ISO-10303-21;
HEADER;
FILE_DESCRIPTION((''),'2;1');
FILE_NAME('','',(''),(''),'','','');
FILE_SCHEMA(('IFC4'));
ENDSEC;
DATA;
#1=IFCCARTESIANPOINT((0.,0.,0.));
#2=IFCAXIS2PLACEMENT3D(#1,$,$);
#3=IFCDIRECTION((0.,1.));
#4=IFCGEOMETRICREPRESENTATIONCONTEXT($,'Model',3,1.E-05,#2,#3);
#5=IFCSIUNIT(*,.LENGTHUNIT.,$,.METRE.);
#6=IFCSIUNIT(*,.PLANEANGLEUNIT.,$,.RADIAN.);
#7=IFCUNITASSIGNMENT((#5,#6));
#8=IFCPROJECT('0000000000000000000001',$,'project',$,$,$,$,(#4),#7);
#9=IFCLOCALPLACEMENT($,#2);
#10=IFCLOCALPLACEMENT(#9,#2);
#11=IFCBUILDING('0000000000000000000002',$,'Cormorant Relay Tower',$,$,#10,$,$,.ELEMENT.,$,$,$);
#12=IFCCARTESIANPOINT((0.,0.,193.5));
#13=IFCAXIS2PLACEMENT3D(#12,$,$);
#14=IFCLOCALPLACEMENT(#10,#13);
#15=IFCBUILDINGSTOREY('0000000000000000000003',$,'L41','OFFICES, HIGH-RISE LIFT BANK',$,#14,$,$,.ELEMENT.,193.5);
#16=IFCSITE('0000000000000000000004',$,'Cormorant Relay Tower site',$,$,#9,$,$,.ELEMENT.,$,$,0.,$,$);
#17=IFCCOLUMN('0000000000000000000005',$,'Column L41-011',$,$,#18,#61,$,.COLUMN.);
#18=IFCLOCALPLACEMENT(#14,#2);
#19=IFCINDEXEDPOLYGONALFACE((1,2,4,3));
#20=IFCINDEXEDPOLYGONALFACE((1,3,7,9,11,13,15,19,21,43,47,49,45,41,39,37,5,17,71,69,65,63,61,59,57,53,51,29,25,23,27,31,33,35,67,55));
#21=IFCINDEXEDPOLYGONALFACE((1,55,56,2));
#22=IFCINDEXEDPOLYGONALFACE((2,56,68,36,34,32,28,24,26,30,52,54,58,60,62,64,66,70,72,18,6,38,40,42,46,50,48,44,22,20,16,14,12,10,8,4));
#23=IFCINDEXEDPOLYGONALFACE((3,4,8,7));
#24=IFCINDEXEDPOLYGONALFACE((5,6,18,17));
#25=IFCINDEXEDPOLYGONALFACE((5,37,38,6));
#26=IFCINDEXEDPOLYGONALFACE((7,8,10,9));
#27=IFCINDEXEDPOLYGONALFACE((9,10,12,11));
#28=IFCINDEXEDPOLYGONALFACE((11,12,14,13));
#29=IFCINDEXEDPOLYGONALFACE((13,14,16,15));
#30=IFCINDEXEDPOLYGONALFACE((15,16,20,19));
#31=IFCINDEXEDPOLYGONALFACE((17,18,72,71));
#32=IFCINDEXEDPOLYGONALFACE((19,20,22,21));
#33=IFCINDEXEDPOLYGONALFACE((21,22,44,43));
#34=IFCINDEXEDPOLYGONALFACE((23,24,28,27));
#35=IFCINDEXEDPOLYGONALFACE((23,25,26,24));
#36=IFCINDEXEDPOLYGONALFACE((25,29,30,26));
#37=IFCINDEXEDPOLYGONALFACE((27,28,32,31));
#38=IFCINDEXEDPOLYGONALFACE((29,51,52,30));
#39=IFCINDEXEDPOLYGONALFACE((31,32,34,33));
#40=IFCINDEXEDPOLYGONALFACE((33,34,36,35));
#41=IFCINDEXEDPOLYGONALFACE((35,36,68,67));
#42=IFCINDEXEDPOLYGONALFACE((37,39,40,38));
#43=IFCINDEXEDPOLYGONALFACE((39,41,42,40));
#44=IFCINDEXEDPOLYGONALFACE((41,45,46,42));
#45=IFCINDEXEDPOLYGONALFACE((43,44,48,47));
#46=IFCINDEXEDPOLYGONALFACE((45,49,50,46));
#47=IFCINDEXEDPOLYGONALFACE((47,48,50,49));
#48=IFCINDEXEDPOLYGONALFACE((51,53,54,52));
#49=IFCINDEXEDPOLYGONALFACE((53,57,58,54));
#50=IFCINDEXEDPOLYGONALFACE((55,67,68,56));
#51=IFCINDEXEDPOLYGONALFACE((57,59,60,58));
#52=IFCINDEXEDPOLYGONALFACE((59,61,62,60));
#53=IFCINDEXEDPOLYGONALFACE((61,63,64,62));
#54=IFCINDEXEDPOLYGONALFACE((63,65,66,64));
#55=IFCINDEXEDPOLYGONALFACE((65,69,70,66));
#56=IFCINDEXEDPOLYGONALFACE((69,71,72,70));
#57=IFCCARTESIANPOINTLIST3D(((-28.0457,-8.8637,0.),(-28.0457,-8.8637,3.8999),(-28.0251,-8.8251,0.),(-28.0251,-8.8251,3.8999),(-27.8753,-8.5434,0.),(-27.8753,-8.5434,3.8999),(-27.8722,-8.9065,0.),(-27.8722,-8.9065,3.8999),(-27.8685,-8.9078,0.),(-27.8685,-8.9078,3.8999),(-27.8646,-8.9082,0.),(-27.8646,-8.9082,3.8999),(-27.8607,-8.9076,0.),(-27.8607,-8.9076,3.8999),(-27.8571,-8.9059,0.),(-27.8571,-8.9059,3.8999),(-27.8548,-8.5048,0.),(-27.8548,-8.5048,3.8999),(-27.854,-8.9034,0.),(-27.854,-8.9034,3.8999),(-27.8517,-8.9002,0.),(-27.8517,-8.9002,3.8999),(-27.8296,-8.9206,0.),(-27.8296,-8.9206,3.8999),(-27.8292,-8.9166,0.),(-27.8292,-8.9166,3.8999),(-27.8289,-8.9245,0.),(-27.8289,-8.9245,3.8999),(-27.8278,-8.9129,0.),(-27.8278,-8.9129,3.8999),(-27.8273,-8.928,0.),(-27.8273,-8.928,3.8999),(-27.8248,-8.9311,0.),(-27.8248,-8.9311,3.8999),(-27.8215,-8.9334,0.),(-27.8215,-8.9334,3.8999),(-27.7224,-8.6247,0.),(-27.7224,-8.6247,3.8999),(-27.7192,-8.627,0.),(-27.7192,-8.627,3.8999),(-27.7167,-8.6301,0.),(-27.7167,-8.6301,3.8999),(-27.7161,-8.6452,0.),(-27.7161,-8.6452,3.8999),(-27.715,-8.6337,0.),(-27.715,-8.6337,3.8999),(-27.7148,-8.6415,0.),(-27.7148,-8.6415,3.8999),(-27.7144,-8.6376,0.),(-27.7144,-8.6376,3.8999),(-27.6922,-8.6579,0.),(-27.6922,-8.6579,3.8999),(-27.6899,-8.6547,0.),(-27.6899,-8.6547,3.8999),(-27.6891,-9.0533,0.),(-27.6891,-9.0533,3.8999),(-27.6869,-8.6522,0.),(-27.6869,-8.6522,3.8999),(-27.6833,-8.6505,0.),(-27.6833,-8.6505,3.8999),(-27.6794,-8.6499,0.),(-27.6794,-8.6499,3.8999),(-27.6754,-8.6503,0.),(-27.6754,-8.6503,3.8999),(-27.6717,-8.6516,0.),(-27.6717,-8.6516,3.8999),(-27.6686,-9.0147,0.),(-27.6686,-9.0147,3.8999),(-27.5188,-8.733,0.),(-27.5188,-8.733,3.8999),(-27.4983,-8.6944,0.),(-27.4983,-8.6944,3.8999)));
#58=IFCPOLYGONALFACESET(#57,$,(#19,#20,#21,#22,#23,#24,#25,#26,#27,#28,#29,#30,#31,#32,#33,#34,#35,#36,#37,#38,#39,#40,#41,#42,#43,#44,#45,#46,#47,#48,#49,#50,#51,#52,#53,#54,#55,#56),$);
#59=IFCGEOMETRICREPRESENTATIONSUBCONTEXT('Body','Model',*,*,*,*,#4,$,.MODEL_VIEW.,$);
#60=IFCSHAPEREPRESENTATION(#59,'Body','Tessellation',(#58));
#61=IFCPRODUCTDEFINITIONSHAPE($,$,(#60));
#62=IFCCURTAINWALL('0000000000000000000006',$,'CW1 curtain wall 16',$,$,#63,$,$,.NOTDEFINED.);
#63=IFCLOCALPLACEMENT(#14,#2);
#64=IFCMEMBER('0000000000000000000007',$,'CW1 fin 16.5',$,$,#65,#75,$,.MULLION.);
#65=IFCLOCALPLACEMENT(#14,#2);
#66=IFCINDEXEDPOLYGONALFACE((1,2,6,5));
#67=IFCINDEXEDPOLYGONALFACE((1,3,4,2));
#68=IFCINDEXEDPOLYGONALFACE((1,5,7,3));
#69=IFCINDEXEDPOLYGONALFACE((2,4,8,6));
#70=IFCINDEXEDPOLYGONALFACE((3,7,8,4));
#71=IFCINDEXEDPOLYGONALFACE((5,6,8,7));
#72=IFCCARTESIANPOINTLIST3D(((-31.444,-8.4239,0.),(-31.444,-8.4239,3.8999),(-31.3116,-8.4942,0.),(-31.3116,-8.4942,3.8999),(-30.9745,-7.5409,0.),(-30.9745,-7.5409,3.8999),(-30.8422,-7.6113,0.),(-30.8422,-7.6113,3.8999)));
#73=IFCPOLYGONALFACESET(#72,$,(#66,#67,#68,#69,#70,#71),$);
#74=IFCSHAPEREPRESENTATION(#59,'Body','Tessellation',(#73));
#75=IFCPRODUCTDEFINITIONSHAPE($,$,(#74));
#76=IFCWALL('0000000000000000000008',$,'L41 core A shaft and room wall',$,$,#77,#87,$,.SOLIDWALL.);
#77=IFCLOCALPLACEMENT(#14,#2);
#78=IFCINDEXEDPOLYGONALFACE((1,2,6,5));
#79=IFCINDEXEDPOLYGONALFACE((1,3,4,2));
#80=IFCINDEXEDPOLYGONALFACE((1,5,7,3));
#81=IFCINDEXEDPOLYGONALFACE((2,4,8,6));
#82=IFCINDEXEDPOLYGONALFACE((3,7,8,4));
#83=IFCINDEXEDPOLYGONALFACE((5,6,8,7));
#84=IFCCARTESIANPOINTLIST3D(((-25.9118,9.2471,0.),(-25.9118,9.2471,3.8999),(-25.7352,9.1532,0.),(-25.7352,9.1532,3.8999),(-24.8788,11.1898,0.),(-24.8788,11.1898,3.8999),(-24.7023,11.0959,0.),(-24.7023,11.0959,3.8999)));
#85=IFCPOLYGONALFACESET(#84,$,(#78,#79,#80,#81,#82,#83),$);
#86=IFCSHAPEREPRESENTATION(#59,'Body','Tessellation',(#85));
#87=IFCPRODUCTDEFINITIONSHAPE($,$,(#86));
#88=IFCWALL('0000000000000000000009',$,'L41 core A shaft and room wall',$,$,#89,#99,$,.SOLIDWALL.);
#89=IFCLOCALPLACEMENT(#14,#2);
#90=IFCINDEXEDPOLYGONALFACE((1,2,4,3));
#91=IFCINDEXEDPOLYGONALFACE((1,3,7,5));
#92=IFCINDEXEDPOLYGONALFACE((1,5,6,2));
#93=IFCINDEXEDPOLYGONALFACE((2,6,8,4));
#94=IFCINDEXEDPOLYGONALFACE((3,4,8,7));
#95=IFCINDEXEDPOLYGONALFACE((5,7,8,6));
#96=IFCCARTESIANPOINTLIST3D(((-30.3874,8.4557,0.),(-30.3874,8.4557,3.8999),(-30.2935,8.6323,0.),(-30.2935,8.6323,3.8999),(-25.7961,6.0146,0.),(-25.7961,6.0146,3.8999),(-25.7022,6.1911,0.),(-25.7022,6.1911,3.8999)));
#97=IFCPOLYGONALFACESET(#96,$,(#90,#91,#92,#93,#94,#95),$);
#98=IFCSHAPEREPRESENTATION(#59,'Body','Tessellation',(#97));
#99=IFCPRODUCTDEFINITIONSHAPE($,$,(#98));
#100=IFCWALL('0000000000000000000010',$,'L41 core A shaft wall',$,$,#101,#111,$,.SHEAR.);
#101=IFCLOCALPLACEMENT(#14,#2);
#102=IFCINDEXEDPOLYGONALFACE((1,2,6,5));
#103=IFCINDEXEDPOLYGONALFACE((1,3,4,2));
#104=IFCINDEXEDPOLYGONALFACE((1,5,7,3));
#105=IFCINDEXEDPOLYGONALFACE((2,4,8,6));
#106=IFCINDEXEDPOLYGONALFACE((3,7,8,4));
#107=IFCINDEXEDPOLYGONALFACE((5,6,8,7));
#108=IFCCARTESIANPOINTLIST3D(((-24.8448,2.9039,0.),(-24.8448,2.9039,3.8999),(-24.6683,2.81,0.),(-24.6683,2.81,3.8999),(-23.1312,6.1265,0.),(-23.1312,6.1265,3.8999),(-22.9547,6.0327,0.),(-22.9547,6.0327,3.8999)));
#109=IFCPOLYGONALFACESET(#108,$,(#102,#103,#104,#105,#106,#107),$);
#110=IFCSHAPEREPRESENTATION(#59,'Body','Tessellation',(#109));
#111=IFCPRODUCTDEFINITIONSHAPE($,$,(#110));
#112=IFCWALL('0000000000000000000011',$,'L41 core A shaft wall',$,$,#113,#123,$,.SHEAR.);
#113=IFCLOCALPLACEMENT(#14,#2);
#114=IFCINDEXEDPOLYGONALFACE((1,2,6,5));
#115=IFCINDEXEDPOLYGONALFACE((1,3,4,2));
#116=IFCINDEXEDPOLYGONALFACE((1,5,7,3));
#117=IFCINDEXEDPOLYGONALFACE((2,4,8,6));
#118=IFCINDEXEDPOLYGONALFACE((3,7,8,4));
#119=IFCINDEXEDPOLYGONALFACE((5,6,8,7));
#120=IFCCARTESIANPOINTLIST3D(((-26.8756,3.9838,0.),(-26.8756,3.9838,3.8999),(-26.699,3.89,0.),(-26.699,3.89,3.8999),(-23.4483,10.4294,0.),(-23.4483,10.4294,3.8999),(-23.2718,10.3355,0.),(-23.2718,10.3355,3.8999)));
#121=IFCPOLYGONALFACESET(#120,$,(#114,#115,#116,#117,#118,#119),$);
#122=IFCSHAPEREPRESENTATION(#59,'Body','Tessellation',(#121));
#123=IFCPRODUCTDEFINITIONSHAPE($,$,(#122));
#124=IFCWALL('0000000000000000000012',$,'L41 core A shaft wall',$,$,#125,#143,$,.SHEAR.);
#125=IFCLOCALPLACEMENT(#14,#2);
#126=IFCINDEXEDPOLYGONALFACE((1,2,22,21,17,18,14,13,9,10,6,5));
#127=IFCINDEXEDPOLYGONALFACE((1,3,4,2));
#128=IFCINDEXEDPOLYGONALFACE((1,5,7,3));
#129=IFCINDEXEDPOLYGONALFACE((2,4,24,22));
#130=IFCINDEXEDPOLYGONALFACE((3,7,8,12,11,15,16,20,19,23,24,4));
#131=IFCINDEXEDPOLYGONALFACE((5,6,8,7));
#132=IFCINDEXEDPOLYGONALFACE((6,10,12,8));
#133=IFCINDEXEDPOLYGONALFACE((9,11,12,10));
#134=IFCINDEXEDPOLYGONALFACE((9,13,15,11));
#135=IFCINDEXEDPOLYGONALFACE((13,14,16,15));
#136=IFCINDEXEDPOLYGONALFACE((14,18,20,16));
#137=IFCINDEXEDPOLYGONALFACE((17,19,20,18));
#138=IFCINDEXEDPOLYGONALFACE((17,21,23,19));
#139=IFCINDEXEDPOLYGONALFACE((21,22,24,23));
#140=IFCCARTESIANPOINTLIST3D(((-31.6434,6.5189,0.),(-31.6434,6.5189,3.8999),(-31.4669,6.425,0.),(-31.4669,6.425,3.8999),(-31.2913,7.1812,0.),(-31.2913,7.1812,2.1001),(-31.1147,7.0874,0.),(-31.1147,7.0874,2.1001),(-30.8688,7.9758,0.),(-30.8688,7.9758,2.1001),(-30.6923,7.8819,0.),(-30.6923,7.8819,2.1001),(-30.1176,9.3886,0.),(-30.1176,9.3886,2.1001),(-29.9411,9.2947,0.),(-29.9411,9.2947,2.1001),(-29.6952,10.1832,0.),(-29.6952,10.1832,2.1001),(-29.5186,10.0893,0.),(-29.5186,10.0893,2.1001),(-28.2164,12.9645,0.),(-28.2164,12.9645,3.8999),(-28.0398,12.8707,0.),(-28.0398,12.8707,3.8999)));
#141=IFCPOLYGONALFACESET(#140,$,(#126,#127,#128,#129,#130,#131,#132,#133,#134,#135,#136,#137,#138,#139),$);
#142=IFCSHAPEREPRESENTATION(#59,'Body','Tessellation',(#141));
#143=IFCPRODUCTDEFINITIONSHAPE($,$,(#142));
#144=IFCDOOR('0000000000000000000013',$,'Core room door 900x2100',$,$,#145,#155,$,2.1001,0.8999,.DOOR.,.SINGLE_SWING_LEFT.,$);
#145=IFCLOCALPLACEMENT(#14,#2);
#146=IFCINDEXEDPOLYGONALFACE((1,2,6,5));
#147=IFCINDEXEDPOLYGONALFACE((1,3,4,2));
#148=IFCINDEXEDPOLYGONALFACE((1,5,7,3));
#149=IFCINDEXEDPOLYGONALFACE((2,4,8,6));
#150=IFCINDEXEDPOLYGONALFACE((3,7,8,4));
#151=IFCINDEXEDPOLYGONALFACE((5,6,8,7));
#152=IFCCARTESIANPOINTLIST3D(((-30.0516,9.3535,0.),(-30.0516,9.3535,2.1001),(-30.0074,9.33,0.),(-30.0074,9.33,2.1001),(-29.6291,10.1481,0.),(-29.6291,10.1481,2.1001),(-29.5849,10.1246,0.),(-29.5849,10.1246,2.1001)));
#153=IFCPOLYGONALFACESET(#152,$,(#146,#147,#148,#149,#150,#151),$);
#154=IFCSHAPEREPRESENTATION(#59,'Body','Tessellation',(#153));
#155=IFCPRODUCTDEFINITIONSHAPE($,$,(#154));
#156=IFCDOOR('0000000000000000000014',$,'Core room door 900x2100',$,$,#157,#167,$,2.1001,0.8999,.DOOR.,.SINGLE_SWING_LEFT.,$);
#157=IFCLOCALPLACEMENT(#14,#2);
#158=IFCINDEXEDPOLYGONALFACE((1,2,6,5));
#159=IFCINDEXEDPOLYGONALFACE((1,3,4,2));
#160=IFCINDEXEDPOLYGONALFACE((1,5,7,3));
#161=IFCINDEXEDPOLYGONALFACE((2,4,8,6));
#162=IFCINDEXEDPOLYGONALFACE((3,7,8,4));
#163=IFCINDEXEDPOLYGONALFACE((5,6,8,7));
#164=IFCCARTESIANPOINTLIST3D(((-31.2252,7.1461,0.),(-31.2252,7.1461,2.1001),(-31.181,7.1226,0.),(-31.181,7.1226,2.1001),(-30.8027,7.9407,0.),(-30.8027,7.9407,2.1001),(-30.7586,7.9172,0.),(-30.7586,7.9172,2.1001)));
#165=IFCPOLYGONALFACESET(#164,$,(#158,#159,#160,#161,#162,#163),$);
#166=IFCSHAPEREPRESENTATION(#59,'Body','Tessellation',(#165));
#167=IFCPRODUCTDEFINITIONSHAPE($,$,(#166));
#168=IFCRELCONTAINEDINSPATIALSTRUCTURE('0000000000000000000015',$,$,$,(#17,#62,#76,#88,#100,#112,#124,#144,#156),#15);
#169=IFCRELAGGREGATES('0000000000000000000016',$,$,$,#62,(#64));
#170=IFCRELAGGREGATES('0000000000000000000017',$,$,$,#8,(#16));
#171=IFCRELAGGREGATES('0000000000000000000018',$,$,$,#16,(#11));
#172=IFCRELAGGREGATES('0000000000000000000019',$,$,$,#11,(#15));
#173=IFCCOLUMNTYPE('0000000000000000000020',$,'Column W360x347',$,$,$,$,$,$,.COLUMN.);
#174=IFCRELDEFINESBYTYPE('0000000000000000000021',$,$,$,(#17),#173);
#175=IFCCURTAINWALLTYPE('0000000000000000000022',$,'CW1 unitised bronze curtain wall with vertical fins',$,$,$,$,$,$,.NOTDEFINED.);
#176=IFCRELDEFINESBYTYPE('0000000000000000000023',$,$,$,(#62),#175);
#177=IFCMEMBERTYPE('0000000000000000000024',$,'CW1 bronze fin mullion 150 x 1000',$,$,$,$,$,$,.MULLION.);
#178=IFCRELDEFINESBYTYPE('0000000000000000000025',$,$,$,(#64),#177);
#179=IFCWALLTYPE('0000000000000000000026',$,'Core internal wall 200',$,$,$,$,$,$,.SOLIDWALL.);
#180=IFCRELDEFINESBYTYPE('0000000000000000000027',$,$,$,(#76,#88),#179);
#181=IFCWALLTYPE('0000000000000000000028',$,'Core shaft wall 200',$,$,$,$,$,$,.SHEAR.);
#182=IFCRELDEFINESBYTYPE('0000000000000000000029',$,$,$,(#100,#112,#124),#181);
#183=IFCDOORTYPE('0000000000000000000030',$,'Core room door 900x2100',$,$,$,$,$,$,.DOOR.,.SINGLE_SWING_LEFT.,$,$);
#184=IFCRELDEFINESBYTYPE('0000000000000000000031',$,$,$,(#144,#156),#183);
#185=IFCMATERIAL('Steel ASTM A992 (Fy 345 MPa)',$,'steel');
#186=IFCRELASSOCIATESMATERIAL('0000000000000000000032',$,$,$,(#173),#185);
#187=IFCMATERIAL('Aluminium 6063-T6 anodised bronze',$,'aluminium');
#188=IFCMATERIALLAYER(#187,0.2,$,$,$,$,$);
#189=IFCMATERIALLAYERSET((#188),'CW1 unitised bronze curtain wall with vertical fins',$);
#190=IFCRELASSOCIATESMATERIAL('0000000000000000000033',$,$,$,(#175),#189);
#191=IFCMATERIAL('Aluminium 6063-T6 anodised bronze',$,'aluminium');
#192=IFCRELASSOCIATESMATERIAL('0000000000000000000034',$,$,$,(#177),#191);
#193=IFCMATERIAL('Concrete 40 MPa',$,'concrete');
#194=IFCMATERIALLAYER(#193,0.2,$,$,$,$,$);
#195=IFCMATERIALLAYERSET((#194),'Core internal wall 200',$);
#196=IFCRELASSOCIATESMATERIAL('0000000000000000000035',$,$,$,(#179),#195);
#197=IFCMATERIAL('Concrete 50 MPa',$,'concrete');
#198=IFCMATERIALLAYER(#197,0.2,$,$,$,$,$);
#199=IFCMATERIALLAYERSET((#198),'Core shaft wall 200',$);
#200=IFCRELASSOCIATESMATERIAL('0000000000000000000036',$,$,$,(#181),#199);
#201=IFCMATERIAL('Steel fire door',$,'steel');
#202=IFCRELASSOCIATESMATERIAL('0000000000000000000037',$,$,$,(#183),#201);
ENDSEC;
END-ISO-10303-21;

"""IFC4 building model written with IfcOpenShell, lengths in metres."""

from ifc_helpers import new_model, si_unit, direction, frame, frame_2d, origin, origin_2d, place, context, subcontext, project, spatial, rectangle, i_section, extrude, material, layer, layer_set, material_profile, profile_set, type_object, element, fill, aggregate, save


model = new_model("IFC4")

# Units and contexts
model_context = context("Model", 3, precision=1e-05, world=origin(), true_north=direction((0.0, 1.0)))
body_context = subcontext(model_context, "Body", "Model", "MODEL_VIEW")
ifc_project = project(units=[si_unit("LENGTHUNIT", "METRE"), si_unit("PLANEANGLEUNIT", "RADIAN")], contexts=[model_context])

# Site, building, storey
site_placement = place(None, origin())
site = spatial("IfcSite", under=ifc_project, at=site_placement, Name="Cormorant Relay Tower site", CompositionType="ELEMENT", RefElevation=0.0)
building_placement = place(site_placement, origin())
building = spatial("IfcBuilding", under=site, at=building_placement, Name="Cormorant Relay Tower", CompositionType="ELEMENT")
storey_placement = place(building_placement, frame((0.0, 0.0, 193.5)))
storey = spatial("IfcBuildingStorey", under=building, at=storey_placement, Name="L41", Description="OFFICES, HIGH-RISE LIFT BANK", CompositionType="ELEMENT", Elevation=193.5)

# Column
ifc_material_1 = material(Name="Steel ASTM A992 (Fy 345 MPa)", Category="steel")
ifc_material_profile_1 = material_profile(ifc_material_1, i_section(OverallWidth=0.4038, OverallDepth=0.4065, WebThickness=0.0271, FlangeThickness=0.0437, FilletRadius=0.0151, at=origin_2d()), Name="W360x347")
ifc_profile_set_1 = profile_set([ifc_material_profile_1], Name="Steel ASTM A992 (Fy 345 MPa)")
column_type = type_object("IfcColumnType", Name="Column W360x347", PredefinedType="COLUMN", material=ifc_profile_set_1)
column_placement = place(storey_placement, frame((-27.772, -8.7791, 0.0), z_axis=(0.0, 0.0, 1.0), x_axis=(0.882948, -0.469472, 0.0)))
element("IfcColumn", 1, at=column_placement, inside=storey, type_object=column_type, Name="Column L41-011", PredefinedType="COLUMN", context=body_context, shape_type="SweptSolid", body=[
    extrude(i_section(OverallWidth=0.4038, OverallDepth=0.4065, WebThickness=0.0271, FlangeThickness=0.0437, FilletRadius=0.0151, at=origin_2d()), origin(), (0.0, 0.0, 1.0), 3.8999),
])

# Curtain wall, member
ifc_material_2 = material(Name="Aluminium 6063-T6 anodised bronze", Category="aluminium")
ifc_layer_1 = layer(ifc_material_2, 0.2)
ifc_layer_set_1 = layer_set([ifc_layer_1], Name="CW1 unitised bronze curtain wall with vertical fins")
curtain_wall_type = type_object("IfcCurtainWallType", Name="CW1 unitised bronze curtain wall with vertical fins", PredefinedType="NOTDEFINED", material=ifc_layer_set_1)
curtain_wall_placement = place(storey_placement, origin())
curtain_wall = element("IfcCurtainWall", 2, at=curtain_wall_placement, inside=storey, type_object=curtain_wall_type, Name="CW1 curtain wall 16", PredefinedType="NOTDEFINED")
ifc_material_3 = material(Name="Aluminium 6063-T6 anodised bronze", Category="aluminium")
ifc_material_profile_2 = material_profile(ifc_material_3, rectangle(XDim=0.1499, YDim=1.0, at=origin_2d()), Name="AL 150x1000")
ifc_profile_set_2 = profile_set([ifc_material_profile_2], Name="Aluminium 6063-T6 anodised bronze")
member_type = type_object("IfcMemberType", Name="CW1 bronze fin mullion 150 x 1000", PredefinedType="MULLION", material=ifc_profile_set_2)
member_placement = place(storey_placement, frame((-31.1431, -8.0176, 0.0), z_axis=(0.0, 0.0, 1.0), x_axis=(0.882948, -0.469472, 0.0)))
member = element("IfcMember", 3, at=member_placement, type_object=member_type, Name="CW1 fin 16.5", PredefinedType="MULLION", context=body_context, shape_type="SweptSolid", body=[
    extrude(rectangle(XDim=0.1499, YDim=1.0, at=origin_2d()), origin(), (0.0, 0.0, 1.0), 3.8999),
])
aggregate(curtain_wall, [member])

# Walls
ifc_material_4 = material(Name="Concrete 40 MPa", Category="concrete")
ifc_layer_2 = layer(ifc_material_4, 0.2)
ifc_layer_set_2 = layer_set([ifc_layer_2], Name="Core internal wall 200")
wall_type_1 = type_object("IfcWallType", Name="Core internal wall 200", PredefinedType="SOLIDWALL", material=ifc_layer_set_2)
wall_1_placement = place(storey_placement, frame((-24.7905, 11.1428, 0.0), z_axis=(0.0, 0.0, 1.0), x_axis=(-0.469488, -0.882939, 0.0)))
element("IfcWall", 4, at=wall_1_placement, inside=storey, type_object=wall_type_1, Name="L41 core A shaft and room wall", PredefinedType="SOLIDWALL", context=body_context, shape_type="SweptSolid", body=[
    extrude(rectangle(XDim=2.2002, YDim=0.2, at=frame_2d((1.1001, 0.0))), origin(), (0.0, 0.0, 1.0), 3.8999),
])
wall_2_placement = place(storey_placement, frame((-25.749, 6.1028, 0.0), z_axis=(0.0, 0.0, 1.0), x_axis=(-0.882954, 0.46946, 0.0)))
element("IfcWall", 5, at=wall_2_placement, inside=storey, type_object=wall_type_1, Name="L41 core A shaft and room wall", PredefinedType="SOLIDWALL", context=body_context, shape_type="SweptSolid", body=[
    extrude(rectangle(XDim=5.2, YDim=0.2, at=frame_2d((2.6001, 0.0))), origin(), (0.0, 0.0, 1.0), 3.8999),
])
ifc_material_5 = material(Name="Concrete 50 MPa", Category="concrete")
ifc_layer_3 = layer(ifc_material_5, 0.2)
ifc_layer_set_3 = layer_set([ifc_layer_3], Name="Core shaft wall 200")
wall_type_2 = type_object("IfcWallType", Name="Core shaft wall 200", PredefinedType="SHEAR", material=ifc_layer_set_3)
wall_3_placement = place(storey_placement, frame((-23.043, 6.0796, 0.0), z_axis=(0.0, 0.0, 1.0), x_axis=(-0.469494, -0.882936, 0.0)))
element("IfcWall", 6, at=wall_3_placement, inside=storey, type_object=wall_type_2, Name="L41 core A shaft wall", PredefinedType="SHEAR", context=body_context, shape_type="SweptSolid", body=[
    extrude(rectangle(XDim=3.6499, YDim=0.2, at=frame_2d((1.825, 0.0))), origin(), (0.0, 0.0, 1.0), 3.8999),
])
wall_4_placement = place(storey_placement, frame((-23.3601, 10.3823, 0.0), z_axis=(0.0, 0.0, 1.0), x_axis=(-0.46948, -0.882943, 0.0)))
element("IfcWall", 7, at=wall_4_placement, inside=storey, type_object=wall_type_2, Name="L41 core A shaft wall", PredefinedType="SHEAR", context=body_context, shape_type="SweptSolid", body=[
    extrude(rectangle(XDim=7.3, YDim=0.2, at=frame_2d((3.6499, 0.0))), origin(), (0.0, 0.0, 1.0), 3.8999),
])

# Wall, openings, doors
wall_5_placement = place(storey_placement, frame((-28.1282, 12.9175, 0.0), z_axis=(0.0, 0.0, 1.0), x_axis=(-0.469454, -0.882957, 0.0)))
wall_5 = element("IfcWall", 8, at=wall_5_placement, inside=storey, type_object=wall_type_2, Name="L41 core A shaft wall", PredefinedType="SHEAR", context=body_context, shape_type="SweptSolid", body=[
    extrude(rectangle(XDim=7.3, YDim=0.2, at=frame_2d((3.6499, 0.0))), origin(), (0.0, 0.0, 1.0), 3.8999),
])
opening_1_placement = place(wall_5_placement, frame((3.1499, 0.0, 0.0)))
opening_1 = element("IfcOpeningElement", 9, at=opening_1_placement, cuts=wall_5, PredefinedType="OPENING", context=body_context, shape_type="SweptSolid", body=[
    extrude(rectangle(XDim=0.8999, YDim=2.1001, at=frame_2d((0.45, 1.05))), frame((0.0, 0.1099, 0.0), z_axis=(0.0, -1.0, 0.0), x_axis=(1.0, 0.0, 0.0)), (0.0, 0.0, 1.0), 0.22),
])
opening_2_placement = place(wall_5_placement, frame((5.6499, 0.0, 0.0)))
opening_2 = element("IfcOpeningElement", 10, at=opening_2_placement, cuts=wall_5, PredefinedType="OPENING", context=body_context, shape_type="SweptSolid", body=[
    extrude(rectangle(XDim=0.8999, YDim=2.1001, at=frame_2d((0.45, 1.05))), frame((0.0, 0.1099, 0.0), z_axis=(0.0, -1.0, 0.0), x_axis=(1.0, 0.0, 0.0)), (0.0, 0.0, 1.0), 0.22),
])
ifc_material_6 = material(Name="Steel fire door", Category="steel")
door_type_1 = type_object("IfcDoorType", Name="Core room door 900x2100", OperationType="SINGLE_SWING_LEFT", PredefinedType="DOOR", material=ifc_material_6)
door_1_placement = place(opening_1_placement, origin())
door_1 = element("IfcDoor", 11, at=door_1_placement, inside=storey, type_object=door_type_1, Name="Core room door 900x2100", OperationType="SINGLE_SWING_LEFT", OverallHeight=2.1001, OverallWidth=0.8999, PredefinedType="DOOR", context=body_context, shape_type="SweptSolid", body=[
    extrude(rectangle(XDim=0.8999, YDim=2.1001, at=frame_2d((0.45, 1.05))), frame((0.0, 0.0249, 0.0), z_axis=(0.0, -1.0, 0.0), x_axis=(1.0, 0.0, 0.0)), (0.0, 0.0, 1.0), 0.05),
])
fill(opening_1, door_1)
door_2_placement = place(opening_2_placement, origin())
door_2 = element("IfcDoor", 12, at=door_2_placement, inside=storey, type_object=door_type_1, Name="Core room door 900x2100", OperationType="SINGLE_SWING_LEFT", OverallHeight=2.1001, OverallWidth=0.8999, PredefinedType="DOOR", context=body_context, shape_type="SweptSolid", body=[
    extrude(rectangle(XDim=0.8999, YDim=2.1001, at=frame_2d((0.45, 1.05))), frame((0.0, 0.0249, 0.0), z_axis=(0.0, -1.0, 0.0), x_axis=(1.0, 0.0, 0.0)), (0.0, 0.0, 1.0), 0.05),
])
fill(opening_2, door_2)

save(model, "model.ifc")
